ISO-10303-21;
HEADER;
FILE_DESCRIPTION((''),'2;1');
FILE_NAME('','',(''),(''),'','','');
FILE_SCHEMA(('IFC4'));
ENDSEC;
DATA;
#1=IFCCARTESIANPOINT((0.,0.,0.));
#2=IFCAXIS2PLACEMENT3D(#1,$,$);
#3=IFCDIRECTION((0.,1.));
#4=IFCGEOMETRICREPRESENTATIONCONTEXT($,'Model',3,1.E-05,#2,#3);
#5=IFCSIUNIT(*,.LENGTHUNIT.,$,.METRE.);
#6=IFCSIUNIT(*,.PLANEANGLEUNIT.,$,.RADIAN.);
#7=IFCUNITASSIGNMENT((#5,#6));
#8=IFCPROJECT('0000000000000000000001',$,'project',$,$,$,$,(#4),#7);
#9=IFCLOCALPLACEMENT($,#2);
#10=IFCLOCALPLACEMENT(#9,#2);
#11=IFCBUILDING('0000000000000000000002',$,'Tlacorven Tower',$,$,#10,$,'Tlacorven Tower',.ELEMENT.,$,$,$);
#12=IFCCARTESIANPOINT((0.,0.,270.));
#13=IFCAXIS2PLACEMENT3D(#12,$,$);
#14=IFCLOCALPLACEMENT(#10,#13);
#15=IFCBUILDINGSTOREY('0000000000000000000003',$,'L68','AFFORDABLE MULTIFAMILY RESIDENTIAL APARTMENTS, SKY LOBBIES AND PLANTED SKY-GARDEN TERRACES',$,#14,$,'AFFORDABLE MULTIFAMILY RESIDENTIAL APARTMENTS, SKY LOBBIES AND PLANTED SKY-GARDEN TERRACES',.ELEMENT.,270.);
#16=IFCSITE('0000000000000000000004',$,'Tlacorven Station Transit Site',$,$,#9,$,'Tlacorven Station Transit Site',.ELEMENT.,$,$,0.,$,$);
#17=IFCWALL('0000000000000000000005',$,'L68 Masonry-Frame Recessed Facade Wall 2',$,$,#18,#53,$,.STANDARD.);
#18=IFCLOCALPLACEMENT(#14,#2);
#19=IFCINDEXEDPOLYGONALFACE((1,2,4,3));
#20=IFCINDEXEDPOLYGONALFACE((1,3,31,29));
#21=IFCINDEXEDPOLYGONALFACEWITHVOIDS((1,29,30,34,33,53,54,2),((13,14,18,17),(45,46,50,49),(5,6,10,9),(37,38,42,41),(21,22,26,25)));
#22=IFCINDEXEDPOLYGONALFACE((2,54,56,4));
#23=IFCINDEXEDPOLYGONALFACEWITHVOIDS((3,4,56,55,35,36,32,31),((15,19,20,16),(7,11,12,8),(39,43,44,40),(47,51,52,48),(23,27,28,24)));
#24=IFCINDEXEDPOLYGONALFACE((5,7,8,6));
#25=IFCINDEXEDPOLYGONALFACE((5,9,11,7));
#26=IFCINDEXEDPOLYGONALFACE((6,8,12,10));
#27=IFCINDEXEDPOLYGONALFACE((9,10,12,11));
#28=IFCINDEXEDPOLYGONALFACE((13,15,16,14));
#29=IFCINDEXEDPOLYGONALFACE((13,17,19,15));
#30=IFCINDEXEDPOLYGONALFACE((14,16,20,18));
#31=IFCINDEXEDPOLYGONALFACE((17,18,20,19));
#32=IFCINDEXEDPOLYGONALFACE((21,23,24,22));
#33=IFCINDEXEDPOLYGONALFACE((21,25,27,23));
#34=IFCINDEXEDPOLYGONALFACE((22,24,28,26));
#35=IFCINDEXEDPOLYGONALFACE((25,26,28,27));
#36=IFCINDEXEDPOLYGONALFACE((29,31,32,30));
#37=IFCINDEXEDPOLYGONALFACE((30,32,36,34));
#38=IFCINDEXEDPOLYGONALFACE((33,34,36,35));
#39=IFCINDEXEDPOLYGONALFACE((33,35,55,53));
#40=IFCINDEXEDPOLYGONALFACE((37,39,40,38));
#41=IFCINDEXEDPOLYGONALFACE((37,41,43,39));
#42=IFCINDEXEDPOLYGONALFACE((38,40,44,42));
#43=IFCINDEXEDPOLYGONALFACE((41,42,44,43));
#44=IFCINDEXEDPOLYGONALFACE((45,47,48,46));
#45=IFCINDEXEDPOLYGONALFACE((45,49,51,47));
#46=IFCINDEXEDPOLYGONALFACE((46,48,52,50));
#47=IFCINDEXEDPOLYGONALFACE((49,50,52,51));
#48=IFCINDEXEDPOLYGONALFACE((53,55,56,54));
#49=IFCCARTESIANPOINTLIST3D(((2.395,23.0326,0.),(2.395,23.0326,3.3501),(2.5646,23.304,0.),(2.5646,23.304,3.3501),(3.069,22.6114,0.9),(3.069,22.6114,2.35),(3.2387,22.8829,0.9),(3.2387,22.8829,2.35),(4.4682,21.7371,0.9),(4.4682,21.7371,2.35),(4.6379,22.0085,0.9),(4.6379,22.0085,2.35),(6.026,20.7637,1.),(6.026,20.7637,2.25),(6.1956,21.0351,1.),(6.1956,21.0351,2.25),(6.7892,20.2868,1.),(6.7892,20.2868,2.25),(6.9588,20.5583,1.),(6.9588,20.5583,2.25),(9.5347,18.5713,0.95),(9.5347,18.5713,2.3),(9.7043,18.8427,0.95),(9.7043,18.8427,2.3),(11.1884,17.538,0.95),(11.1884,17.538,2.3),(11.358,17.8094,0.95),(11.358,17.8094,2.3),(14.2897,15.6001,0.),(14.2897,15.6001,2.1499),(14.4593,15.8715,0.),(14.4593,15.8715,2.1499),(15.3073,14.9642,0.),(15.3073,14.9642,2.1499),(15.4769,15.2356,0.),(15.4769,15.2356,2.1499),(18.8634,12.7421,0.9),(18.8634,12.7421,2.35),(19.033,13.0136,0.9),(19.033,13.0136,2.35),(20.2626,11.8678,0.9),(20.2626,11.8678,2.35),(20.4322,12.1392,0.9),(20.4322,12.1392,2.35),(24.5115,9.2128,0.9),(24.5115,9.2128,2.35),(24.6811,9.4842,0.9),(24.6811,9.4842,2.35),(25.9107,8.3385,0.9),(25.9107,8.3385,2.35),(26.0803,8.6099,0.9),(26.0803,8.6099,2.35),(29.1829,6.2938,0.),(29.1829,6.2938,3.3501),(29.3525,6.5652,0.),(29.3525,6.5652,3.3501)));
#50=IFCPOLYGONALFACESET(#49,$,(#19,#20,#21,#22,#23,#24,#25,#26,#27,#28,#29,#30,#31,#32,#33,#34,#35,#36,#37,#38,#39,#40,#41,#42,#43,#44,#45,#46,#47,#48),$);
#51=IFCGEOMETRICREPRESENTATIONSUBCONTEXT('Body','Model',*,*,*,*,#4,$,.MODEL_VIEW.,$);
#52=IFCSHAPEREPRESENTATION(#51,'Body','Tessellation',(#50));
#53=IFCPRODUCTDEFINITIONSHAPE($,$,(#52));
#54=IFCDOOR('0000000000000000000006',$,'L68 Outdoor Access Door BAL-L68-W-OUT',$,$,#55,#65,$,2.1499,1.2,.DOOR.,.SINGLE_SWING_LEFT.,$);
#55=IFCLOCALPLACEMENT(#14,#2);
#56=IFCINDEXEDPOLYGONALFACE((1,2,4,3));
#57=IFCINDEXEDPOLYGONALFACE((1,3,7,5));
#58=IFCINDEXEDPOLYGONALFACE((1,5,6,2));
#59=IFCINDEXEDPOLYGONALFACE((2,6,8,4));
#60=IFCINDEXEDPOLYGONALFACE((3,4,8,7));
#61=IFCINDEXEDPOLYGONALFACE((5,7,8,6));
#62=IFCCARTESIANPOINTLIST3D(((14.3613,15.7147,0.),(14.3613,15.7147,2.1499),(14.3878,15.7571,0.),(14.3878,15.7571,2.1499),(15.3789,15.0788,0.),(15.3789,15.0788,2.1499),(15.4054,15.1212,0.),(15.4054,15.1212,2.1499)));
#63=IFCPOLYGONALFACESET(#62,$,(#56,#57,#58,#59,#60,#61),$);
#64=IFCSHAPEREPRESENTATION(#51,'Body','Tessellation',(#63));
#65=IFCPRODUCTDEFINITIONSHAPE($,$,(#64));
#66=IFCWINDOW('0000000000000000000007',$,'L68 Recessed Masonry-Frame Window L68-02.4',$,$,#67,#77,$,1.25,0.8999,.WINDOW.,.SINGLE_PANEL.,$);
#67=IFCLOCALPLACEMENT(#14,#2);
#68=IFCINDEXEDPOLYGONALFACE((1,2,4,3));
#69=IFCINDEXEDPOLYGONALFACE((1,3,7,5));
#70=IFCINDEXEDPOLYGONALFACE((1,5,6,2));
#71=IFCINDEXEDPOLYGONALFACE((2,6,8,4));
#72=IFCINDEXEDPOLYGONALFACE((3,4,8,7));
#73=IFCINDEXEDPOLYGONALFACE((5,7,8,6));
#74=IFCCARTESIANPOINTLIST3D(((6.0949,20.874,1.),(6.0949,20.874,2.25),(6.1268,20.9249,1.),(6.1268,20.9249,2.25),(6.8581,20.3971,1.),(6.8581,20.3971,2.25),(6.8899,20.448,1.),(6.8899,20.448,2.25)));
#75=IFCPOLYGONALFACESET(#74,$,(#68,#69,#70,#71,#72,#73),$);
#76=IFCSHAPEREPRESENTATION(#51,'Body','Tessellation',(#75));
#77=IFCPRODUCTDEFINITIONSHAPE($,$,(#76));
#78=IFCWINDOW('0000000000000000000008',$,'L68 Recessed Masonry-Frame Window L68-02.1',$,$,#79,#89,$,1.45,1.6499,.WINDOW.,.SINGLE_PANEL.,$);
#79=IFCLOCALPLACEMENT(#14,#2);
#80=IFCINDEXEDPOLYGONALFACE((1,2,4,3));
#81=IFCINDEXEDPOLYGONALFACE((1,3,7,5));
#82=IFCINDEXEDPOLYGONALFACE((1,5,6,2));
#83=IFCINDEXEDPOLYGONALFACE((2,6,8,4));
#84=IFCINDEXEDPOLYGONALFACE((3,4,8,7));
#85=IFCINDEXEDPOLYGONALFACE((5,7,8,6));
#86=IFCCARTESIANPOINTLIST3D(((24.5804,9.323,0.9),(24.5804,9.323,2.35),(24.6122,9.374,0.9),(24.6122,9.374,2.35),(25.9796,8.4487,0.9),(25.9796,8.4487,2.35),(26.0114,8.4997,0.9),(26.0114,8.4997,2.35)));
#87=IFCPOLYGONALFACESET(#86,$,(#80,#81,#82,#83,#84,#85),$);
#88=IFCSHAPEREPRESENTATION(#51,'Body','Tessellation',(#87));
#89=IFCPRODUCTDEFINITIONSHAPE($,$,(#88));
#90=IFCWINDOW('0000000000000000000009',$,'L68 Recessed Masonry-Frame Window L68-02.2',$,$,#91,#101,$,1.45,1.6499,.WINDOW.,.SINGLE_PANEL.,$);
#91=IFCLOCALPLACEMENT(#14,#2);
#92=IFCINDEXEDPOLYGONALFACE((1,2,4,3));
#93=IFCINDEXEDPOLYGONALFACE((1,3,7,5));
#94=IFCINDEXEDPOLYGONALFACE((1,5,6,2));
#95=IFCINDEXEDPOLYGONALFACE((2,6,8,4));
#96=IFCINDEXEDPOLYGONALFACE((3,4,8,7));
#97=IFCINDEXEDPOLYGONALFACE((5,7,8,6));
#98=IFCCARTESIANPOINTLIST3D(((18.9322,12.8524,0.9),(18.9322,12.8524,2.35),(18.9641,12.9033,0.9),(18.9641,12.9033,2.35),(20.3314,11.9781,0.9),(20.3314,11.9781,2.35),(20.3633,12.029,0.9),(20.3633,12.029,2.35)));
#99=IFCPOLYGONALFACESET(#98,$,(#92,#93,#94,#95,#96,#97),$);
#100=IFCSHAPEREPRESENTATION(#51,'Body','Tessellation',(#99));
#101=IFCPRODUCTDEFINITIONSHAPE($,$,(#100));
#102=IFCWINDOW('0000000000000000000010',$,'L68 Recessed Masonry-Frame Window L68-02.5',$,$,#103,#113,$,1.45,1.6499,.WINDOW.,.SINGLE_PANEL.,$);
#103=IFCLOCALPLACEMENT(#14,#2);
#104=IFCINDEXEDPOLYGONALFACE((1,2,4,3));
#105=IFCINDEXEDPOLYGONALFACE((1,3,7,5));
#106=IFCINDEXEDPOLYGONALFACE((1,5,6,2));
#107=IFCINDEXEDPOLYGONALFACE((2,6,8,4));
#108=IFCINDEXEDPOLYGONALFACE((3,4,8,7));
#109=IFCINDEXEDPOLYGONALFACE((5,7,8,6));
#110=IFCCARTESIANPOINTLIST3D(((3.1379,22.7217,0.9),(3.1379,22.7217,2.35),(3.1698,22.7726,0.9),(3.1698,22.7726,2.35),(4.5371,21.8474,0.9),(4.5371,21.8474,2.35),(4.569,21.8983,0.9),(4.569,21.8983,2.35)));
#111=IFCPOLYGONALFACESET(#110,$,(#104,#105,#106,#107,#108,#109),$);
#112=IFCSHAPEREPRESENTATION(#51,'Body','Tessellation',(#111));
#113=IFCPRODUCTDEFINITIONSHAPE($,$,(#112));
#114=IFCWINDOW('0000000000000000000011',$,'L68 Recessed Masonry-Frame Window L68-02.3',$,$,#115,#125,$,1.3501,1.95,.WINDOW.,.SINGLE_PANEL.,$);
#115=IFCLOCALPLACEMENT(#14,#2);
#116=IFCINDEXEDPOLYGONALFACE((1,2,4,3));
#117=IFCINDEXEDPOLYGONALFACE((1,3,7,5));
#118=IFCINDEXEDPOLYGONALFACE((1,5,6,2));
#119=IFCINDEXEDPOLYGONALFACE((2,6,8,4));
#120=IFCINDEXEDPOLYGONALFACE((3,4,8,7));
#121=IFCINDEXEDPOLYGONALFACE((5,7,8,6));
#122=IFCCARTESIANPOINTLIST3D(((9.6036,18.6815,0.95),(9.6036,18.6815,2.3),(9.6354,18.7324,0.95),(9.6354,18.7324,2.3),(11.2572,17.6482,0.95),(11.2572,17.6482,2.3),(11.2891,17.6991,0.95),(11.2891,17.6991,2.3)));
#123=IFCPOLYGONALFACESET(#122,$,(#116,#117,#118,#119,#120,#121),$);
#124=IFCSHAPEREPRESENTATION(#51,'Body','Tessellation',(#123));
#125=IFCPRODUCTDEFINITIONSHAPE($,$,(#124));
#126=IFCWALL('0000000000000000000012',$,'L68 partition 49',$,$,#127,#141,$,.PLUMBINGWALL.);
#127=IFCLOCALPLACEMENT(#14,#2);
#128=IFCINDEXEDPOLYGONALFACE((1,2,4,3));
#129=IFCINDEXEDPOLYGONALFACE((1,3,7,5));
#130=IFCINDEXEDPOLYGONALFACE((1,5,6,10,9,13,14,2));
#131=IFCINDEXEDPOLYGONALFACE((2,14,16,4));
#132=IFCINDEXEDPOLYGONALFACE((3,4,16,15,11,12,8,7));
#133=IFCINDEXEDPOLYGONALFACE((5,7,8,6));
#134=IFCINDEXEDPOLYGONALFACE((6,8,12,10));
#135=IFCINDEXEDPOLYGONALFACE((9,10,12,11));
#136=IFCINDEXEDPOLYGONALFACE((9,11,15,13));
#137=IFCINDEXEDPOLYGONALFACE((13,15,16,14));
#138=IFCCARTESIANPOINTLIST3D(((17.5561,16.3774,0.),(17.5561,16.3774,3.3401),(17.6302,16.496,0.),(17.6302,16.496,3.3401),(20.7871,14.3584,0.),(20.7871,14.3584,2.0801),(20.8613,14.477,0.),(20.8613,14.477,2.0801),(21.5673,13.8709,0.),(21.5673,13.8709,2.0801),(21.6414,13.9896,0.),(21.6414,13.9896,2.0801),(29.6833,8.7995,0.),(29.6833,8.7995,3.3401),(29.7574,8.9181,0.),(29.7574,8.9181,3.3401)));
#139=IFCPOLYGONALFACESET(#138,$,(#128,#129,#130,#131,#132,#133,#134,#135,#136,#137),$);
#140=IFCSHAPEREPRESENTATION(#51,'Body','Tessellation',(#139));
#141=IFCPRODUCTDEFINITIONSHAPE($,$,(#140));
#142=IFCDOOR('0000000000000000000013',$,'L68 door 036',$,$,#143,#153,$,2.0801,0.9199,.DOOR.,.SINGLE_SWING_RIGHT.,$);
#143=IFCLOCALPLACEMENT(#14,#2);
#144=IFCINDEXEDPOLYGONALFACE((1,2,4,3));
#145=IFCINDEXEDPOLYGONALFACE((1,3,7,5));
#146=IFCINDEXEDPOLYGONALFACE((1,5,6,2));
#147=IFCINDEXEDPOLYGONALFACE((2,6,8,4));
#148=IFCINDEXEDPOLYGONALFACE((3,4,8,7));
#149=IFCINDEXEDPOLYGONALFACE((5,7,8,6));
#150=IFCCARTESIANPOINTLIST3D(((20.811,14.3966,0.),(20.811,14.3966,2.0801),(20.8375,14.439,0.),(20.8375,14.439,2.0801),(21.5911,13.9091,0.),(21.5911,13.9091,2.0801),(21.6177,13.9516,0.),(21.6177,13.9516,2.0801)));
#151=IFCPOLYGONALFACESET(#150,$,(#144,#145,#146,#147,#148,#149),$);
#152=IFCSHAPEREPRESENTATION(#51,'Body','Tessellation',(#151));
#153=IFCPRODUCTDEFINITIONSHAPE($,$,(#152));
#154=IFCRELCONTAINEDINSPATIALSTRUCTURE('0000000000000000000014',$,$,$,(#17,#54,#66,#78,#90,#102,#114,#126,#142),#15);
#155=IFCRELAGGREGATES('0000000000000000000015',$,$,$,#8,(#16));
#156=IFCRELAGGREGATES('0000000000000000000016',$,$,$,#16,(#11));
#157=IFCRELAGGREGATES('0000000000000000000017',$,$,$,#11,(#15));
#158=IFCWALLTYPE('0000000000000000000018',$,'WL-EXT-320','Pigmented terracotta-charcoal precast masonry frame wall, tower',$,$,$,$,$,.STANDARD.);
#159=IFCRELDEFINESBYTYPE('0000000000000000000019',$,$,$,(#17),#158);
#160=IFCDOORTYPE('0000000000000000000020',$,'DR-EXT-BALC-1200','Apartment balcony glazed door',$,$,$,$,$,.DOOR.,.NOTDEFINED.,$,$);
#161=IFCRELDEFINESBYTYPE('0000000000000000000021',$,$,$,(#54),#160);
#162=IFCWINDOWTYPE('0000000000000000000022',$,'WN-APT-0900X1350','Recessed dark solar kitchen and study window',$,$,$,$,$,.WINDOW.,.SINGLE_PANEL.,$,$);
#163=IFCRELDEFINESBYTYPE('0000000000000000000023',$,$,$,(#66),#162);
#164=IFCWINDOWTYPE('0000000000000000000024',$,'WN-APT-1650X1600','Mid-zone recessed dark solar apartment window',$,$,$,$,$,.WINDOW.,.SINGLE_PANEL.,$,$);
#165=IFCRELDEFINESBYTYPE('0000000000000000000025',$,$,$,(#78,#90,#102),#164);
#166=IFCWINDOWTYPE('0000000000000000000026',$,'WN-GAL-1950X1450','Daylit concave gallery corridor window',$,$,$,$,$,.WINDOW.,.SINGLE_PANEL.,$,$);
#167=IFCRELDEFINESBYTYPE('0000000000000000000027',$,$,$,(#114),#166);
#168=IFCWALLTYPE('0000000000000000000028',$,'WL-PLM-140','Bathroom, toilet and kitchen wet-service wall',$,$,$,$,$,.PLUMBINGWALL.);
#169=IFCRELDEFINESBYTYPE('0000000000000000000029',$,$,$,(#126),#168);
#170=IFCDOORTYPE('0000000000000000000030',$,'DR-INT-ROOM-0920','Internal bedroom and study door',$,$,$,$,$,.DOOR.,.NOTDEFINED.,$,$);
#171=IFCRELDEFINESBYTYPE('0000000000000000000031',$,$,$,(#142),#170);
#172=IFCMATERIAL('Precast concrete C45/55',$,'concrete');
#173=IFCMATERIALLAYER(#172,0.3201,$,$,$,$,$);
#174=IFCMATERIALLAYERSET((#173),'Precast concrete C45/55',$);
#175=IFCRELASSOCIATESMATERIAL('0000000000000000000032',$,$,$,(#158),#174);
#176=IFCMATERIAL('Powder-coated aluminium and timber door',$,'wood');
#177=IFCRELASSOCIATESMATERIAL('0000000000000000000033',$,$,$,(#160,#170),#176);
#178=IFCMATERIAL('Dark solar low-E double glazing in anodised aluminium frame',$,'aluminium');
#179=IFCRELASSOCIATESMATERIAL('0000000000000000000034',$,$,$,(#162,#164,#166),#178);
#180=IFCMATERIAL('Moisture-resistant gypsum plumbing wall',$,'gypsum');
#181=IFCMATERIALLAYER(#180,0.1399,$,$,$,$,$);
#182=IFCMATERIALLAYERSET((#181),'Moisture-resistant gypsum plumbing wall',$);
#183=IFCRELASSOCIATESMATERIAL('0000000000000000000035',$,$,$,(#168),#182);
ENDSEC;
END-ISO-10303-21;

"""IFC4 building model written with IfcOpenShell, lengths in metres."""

from ifc_helpers import new_model, si_unit, direction, frame, frame_2d, origin, place, context, subcontext, project, spatial, rectangle, extrude, source, transform, mapped, material, layer, layer_set, type_object, element, fill, save


model = new_model("IFC4")

# Units and contexts
model_context = context("Model", 3, precision=1e-05, world=origin(), true_north=direction((0.0, 1.0)))
body_context = subcontext(model_context, "Body", "Model", "MODEL_VIEW")
ifc_project = project(units=[si_unit("LENGTHUNIT", "METRE"), si_unit("PLANEANGLEUNIT", "RADIAN")], contexts=[model_context])

# Site, building, storey
site_placement = place(None, origin())
site = spatial("IfcSite", under=ifc_project, at=site_placement, Name="Tlacorven Station Transit Site", LongName="Tlacorven Station Transit Site", CompositionType="ELEMENT", RefElevation=0.0)
building_placement = place(site_placement, origin())
building = spatial("IfcBuilding", under=site, at=building_placement, Name="Tlacorven Tower", LongName="Tlacorven Tower", CompositionType="ELEMENT")
storey_placement = place(building_placement, frame((0.0, 0.0, 270.0)))
storey = spatial("IfcBuildingStorey", under=building, at=storey_placement, Name="L68", Description="AFFORDABLE MULTIFAMILY RESIDENTIAL APARTMENTS, SKY LOBBIES AND PLANTED SKY-GARDEN TERRACES", LongName="AFFORDABLE MULTIFAMILY RESIDENTIAL APARTMENTS, SKY LOBBIES AND PLANTED SKY-GARDEN TERRACES", CompositionType="ELEMENT", Elevation=270.0)

# Wall, openings, door, windows
ifc_material_1 = material(Name="Precast concrete C45/55", Category="concrete")
ifc_layer_1 = layer(ifc_material_1, 0.3201)
ifc_layer_set_1 = layer_set([ifc_layer_1], Name="Precast concrete C45/55")
wall_type_1 = type_object("IfcWallType", Name="WL-EXT-320", Description="Pigmented terracotta-charcoal precast masonry frame wall, tower", PredefinedType="STANDARD", material=ifc_layer_set_1)
wall_1_placement = place(storey_placement, frame((29.2678, 6.4294, 0.0), z_axis=(0.0, 0.0, 1.0), x_axis=(-0.84805, 0.529916, 0.0)))
wall_1 = element("IfcWall", 1, at=wall_1_placement, inside=storey, type_object=wall_type_1, Name="L68 Masonry-Frame Recessed Facade Wall 2", PredefinedType="STANDARD", context=body_context, shape_type="SweptSolid", body=[
    extrude(rectangle(XDim=31.5876, YDim=0.3201, at=frame_2d((15.7939, 0.0))), origin(), (0.0, 0.0, 1.0), 3.3501),
])
opening_1_placement = place(wall_1_placement, frame((16.3618, 0.0, 0.0)))
opening_1 = element("IfcOpeningElement", 2, at=opening_1_placement, cuts=wall_1, PredefinedType="OPENING", context=body_context, shape_type="SweptSolid", body=[
    extrude(rectangle(XDim=1.2, YDim=2.1499, at=frame_2d((0.6001, 1.075))), frame((0.0, 0.1699, 0.0), z_axis=(0.0, -1.0, 0.0), x_axis=(1.0, 0.0, 0.0)), (0.0, 0.0, 1.0), 0.3401),
])
opening_2_placement = place(wall_1_placement, frame((3.8586, 0.0, 0.8999)))
opening_2 = element("IfcOpeningElement", 3, at=opening_2_placement, cuts=wall_1, PredefinedType="OPENING", context=body_context, shape_type="SweptSolid", body=[
    extrude(rectangle(XDim=1.6499, YDim=1.45, at=frame_2d((0.825, 0.7251))), frame((0.0, 0.1699, 0.0), z_axis=(0.0, -1.0, 0.0), x_axis=(1.0, 0.0, 0.0)), (0.0, 0.0, 1.0), 0.3401),
])
opening_3_placement = place(wall_1_placement, frame((10.5188, 0.0, 0.8999)))
opening_3 = element("IfcOpeningElement", 4, at=opening_3_placement, cuts=wall_1, PredefinedType="OPENING", context=body_context, shape_type="SweptSolid", body=[
    extrude(rectangle(XDim=1.6499, YDim=1.45, at=frame_2d((0.825, 0.7251))), frame((0.0, 0.1699, 0.0), z_axis=(0.0, -1.0, 0.0), x_axis=(1.0, 0.0, 0.0)), (0.0, 0.0, 1.0), 0.3401),
])
opening_4_placement = place(wall_1_placement, frame((21.2188, 0.0, 0.95)))
opening_4 = element("IfcOpeningElement", 5, at=opening_4_placement, cuts=wall_1, PredefinedType="OPENING", context=body_context, shape_type="SweptSolid", body=[
    extrude(rectangle(XDim=1.95, YDim=1.3501, at=frame_2d((0.9751, 0.675))), frame((0.0, 0.1699, 0.0), z_axis=(0.0, -1.0, 0.0), x_axis=(1.0, 0.0, 0.0)), (0.0, 0.0, 1.0), 0.3401),
])
opening_5_placement = place(wall_1_placement, frame((26.4062, 0.0, 1.0)))
opening_5 = element("IfcOpeningElement", 6, at=opening_5_placement, cuts=wall_1, PredefinedType="OPENING", context=body_context, shape_type="SweptSolid", body=[
    extrude(rectangle(XDim=0.8999, YDim=1.25, at=frame_2d((0.45, 0.625))), frame((0.0, 0.1699, 0.0), z_axis=(0.0, -1.0, 0.0), x_axis=(1.0, 0.0, 0.0)), (0.0, 0.0, 1.0), 0.3401),
])
opening_6_placement = place(wall_1_placement, frame((29.1431, 0.0, 0.8999)))
opening_6 = element("IfcOpeningElement", 7, at=opening_6_placement, cuts=wall_1, PredefinedType="OPENING", context=body_context, shape_type="SweptSolid", body=[
    extrude(rectangle(XDim=1.6499, YDim=1.45, at=frame_2d((0.825, 0.7251))), frame((0.0, 0.1699, 0.0), z_axis=(0.0, -1.0, 0.0), x_axis=(1.0, 0.0, 0.0)), (0.0, 0.0, 1.0), 0.3401),
])
ifc_material_2 = material(Name="Powder-coated aluminium and timber door", Category="wood")
door_type_1 = type_object("IfcDoorType", Name="DR-EXT-BALC-1200", Description="Apartment balcony glazed door", OperationType="NOTDEFINED", PredefinedType="DOOR", material=ifc_material_2)
shared_shape_1 = source(origin(), body_context, "Body", "SweptSolid", [
    extrude(rectangle(XDim=1.2, YDim=2.1499, at=frame_2d((0.6001, 1.075))), frame((0.0, 0.0249, 0.0), z_axis=(0.0, -1.0, 0.0), x_axis=(1.0, 0.0, 0.0)), (0.0, 0.0, 1.0), 0.05),
])
door_1_placement = place(opening_1_placement, origin())
door_1 = element("IfcDoor", 8, at=door_1_placement, inside=storey, type_object=door_type_1, Name="L68 Outdoor Access Door BAL-L68-W-OUT", OperationType="SINGLE_SWING_LEFT", OverallHeight=2.1499, OverallWidth=1.2, PredefinedType="DOOR", context=body_context, shape_type="MappedRepresentation", body=[
    mapped(shared_shape_1, transform((0.0, 0.0, 0.0), scale=1.0)),
])
fill(opening_1, door_1)
ifc_material_3 = material(Name="Dark solar low-E double glazing in anodised aluminium frame", Category="aluminium")
window_type_1 = type_object("IfcWindowType", Name="WN-APT-0900X1350", Description="Recessed dark solar kitchen and study window", PartitioningType="SINGLE_PANEL", PredefinedType="WINDOW", material=ifc_material_3)
shared_shape_2 = source(origin(), body_context, "Body", "SweptSolid", [
    extrude(rectangle(XDim=0.8999, YDim=1.25, at=frame_2d((0.45, 0.625))), frame((0.0, 0.03, 0.0), z_axis=(0.0, -1.0, 0.0), x_axis=(1.0, 0.0, 0.0)), (0.0, 0.0, 1.0), 0.0601),
])
window_1_placement = place(opening_5_placement, origin())
window_1 = element("IfcWindow", 9, at=window_1_placement, inside=storey, type_object=window_type_1, Name="L68 Recessed Masonry-Frame Window L68-02.4", OverallHeight=1.25, OverallWidth=0.8999, PartitioningType="SINGLE_PANEL", PredefinedType="WINDOW", context=body_context, shape_type="MappedRepresentation", body=[
    mapped(shared_shape_2, transform((0.0, 0.0, 0.0), scale=1.0)),
])
fill(opening_5, window_1)
window_type_2 = type_object("IfcWindowType", Name="WN-APT-1650X1600", Description="Mid-zone recessed dark solar apartment window", PartitioningType="SINGLE_PANEL", PredefinedType="WINDOW", material=ifc_material_3)
shared_shape_3 = source(origin(), body_context, "Body", "SweptSolid", [
    extrude(rectangle(XDim=1.6499, YDim=1.45, at=frame_2d((0.825, 0.7251))), frame((0.0, 0.03, 0.0), z_axis=(0.0, -1.0, 0.0), x_axis=(1.0, 0.0, 0.0)), (0.0, 0.0, 1.0), 0.0601),
])
window_2_placement = place(opening_2_placement, origin())
window_2 = element("IfcWindow", 10, at=window_2_placement, inside=storey, type_object=window_type_2, Name="L68 Recessed Masonry-Frame Window L68-02.1", OverallHeight=1.45, OverallWidth=1.6499, PartitioningType="SINGLE_PANEL", PredefinedType="WINDOW", context=body_context, shape_type="MappedRepresentation", body=[
    mapped(shared_shape_3, transform((0.0, 0.0, 0.0), scale=1.0)),
])
fill(opening_2, window_2)
window_3_placement = place(opening_3_placement, origin())
window_3 = element("IfcWindow", 11, at=window_3_placement, inside=storey, type_object=window_type_2, Name="L68 Recessed Masonry-Frame Window L68-02.2", OverallHeight=1.45, OverallWidth=1.6499, PartitioningType="SINGLE_PANEL", PredefinedType="WINDOW", context=body_context, shape_type="MappedRepresentation", body=[
    mapped(shared_shape_3, transform((0.0, 0.0, 0.0), scale=1.0)),
])
fill(opening_3, window_3)
window_4_placement = place(opening_6_placement, origin())
window_4 = element("IfcWindow", 12, at=window_4_placement, inside=storey, type_object=window_type_2, Name="L68 Recessed Masonry-Frame Window L68-02.5", OverallHeight=1.45, OverallWidth=1.6499, PartitioningType="SINGLE_PANEL", PredefinedType="WINDOW", context=body_context, shape_type="MappedRepresentation", body=[
    mapped(shared_shape_3, transform((0.0, 0.0, 0.0), scale=1.0)),
])
fill(opening_6, window_4)
window_type_3 = type_object("IfcWindowType", Name="WN-GAL-1950X1450", Description="Daylit concave gallery corridor window", PartitioningType="SINGLE_PANEL", PredefinedType="WINDOW", material=ifc_material_3)
shared_shape_4 = source(origin(), body_context, "Body", "SweptSolid", [
    extrude(rectangle(XDim=1.95, YDim=1.3501, at=frame_2d((0.9751, 0.675))), frame((0.0, 0.03, 0.0), z_axis=(0.0, -1.0, 0.0), x_axis=(1.0, 0.0, 0.0)), (0.0, 0.0, 1.0), 0.0601),
])
window_5_placement = place(opening_4_placement, origin())
window_5 = element("IfcWindow", 13, at=window_5_placement, inside=storey, type_object=window_type_3, Name="L68 Recessed Masonry-Frame Window L68-02.3", OverallHeight=1.3501, OverallWidth=1.95, PartitioningType="SINGLE_PANEL", PredefinedType="WINDOW", context=body_context, shape_type="MappedRepresentation", body=[
    mapped(shared_shape_4, transform((0.0, 0.0, 0.0), scale=1.0)),
])
fill(opening_4, window_5)

# Wall, opening, door
ifc_material_4 = material(Name="Moisture-resistant gypsum plumbing wall", Category="gypsum")
ifc_layer_2 = layer(ifc_material_4, 0.1399)
ifc_layer_set_2 = layer_set([ifc_layer_2], Name="Moisture-resistant gypsum plumbing wall")
wall_type_2 = type_object("IfcWallType", Name="WL-PLM-140", Description="Bathroom, toilet and kitchen wet-service wall", PredefinedType="PLUMBINGWALL", material=ifc_layer_set_2)
wall_2_placement = place(storey_placement, frame((29.7202, 8.8589, 0.0), z_axis=(0.0, 0.0, 1.0), x_axis=(-0.848049, 0.529918, 0.0)))
wall_2 = element("IfcWall", 14, at=wall_2_placement, inside=storey, type_object=wall_type_2, Name="L68 partition 49", PredefinedType="PLUMBINGWALL", context=body_context, shape_type="SweptSolid", body=[
    extrude(rectangle(XDim=14.3, YDim=0.1399, at=frame_2d((7.1499, 0.0))), origin(), (0.0, 0.0, 1.0), 3.3401),
])
opening_7_placement = place(wall_2_placement, frame((9.5701, 0.0, 0.0)))
opening_7 = element("IfcOpeningElement", 15, at=opening_7_placement, cuts=wall_2, PredefinedType="OPENING", context=body_context, shape_type="SweptSolid", body=[
    extrude(rectangle(XDim=0.9199, YDim=2.0801, at=frame_2d((0.46, 1.04))), frame((0.0, 0.0801, 0.0), z_axis=(0.0, -1.0, 0.0), x_axis=(1.0, 0.0, 0.0)), (0.0, 0.0, 1.0), 0.1599),
])
door_type_2 = type_object("IfcDoorType", Name="DR-INT-ROOM-0920", Description="Internal bedroom and study door", OperationType="NOTDEFINED", PredefinedType="DOOR", material=ifc_material_2)
shared_shape_5 = source(origin(), body_context, "Body", "SweptSolid", [
    extrude(rectangle(XDim=0.9199, YDim=2.0801, at=frame_2d((0.46, 1.04))), frame((0.0, 0.0249, 0.0), z_axis=(0.0, -1.0, 0.0), x_axis=(1.0, 0.0, 0.0)), (0.0, 0.0, 1.0), 0.05),
])
door_2_placement = place(opening_7_placement, origin())
door_2 = element("IfcDoor", 16, at=door_2_placement, inside=storey, type_object=door_type_2, Name="L68 door 036", OperationType="SINGLE_SWING_RIGHT", OverallHeight=2.0801, OverallWidth=0.9199, PredefinedType="DOOR", context=body_context, shape_type="MappedRepresentation", body=[
    mapped(shared_shape_5, transform((0.0, 0.0, 0.0), scale=1.0)),
])
fill(opening_7, door_2)

save(model, "model.ifc")
